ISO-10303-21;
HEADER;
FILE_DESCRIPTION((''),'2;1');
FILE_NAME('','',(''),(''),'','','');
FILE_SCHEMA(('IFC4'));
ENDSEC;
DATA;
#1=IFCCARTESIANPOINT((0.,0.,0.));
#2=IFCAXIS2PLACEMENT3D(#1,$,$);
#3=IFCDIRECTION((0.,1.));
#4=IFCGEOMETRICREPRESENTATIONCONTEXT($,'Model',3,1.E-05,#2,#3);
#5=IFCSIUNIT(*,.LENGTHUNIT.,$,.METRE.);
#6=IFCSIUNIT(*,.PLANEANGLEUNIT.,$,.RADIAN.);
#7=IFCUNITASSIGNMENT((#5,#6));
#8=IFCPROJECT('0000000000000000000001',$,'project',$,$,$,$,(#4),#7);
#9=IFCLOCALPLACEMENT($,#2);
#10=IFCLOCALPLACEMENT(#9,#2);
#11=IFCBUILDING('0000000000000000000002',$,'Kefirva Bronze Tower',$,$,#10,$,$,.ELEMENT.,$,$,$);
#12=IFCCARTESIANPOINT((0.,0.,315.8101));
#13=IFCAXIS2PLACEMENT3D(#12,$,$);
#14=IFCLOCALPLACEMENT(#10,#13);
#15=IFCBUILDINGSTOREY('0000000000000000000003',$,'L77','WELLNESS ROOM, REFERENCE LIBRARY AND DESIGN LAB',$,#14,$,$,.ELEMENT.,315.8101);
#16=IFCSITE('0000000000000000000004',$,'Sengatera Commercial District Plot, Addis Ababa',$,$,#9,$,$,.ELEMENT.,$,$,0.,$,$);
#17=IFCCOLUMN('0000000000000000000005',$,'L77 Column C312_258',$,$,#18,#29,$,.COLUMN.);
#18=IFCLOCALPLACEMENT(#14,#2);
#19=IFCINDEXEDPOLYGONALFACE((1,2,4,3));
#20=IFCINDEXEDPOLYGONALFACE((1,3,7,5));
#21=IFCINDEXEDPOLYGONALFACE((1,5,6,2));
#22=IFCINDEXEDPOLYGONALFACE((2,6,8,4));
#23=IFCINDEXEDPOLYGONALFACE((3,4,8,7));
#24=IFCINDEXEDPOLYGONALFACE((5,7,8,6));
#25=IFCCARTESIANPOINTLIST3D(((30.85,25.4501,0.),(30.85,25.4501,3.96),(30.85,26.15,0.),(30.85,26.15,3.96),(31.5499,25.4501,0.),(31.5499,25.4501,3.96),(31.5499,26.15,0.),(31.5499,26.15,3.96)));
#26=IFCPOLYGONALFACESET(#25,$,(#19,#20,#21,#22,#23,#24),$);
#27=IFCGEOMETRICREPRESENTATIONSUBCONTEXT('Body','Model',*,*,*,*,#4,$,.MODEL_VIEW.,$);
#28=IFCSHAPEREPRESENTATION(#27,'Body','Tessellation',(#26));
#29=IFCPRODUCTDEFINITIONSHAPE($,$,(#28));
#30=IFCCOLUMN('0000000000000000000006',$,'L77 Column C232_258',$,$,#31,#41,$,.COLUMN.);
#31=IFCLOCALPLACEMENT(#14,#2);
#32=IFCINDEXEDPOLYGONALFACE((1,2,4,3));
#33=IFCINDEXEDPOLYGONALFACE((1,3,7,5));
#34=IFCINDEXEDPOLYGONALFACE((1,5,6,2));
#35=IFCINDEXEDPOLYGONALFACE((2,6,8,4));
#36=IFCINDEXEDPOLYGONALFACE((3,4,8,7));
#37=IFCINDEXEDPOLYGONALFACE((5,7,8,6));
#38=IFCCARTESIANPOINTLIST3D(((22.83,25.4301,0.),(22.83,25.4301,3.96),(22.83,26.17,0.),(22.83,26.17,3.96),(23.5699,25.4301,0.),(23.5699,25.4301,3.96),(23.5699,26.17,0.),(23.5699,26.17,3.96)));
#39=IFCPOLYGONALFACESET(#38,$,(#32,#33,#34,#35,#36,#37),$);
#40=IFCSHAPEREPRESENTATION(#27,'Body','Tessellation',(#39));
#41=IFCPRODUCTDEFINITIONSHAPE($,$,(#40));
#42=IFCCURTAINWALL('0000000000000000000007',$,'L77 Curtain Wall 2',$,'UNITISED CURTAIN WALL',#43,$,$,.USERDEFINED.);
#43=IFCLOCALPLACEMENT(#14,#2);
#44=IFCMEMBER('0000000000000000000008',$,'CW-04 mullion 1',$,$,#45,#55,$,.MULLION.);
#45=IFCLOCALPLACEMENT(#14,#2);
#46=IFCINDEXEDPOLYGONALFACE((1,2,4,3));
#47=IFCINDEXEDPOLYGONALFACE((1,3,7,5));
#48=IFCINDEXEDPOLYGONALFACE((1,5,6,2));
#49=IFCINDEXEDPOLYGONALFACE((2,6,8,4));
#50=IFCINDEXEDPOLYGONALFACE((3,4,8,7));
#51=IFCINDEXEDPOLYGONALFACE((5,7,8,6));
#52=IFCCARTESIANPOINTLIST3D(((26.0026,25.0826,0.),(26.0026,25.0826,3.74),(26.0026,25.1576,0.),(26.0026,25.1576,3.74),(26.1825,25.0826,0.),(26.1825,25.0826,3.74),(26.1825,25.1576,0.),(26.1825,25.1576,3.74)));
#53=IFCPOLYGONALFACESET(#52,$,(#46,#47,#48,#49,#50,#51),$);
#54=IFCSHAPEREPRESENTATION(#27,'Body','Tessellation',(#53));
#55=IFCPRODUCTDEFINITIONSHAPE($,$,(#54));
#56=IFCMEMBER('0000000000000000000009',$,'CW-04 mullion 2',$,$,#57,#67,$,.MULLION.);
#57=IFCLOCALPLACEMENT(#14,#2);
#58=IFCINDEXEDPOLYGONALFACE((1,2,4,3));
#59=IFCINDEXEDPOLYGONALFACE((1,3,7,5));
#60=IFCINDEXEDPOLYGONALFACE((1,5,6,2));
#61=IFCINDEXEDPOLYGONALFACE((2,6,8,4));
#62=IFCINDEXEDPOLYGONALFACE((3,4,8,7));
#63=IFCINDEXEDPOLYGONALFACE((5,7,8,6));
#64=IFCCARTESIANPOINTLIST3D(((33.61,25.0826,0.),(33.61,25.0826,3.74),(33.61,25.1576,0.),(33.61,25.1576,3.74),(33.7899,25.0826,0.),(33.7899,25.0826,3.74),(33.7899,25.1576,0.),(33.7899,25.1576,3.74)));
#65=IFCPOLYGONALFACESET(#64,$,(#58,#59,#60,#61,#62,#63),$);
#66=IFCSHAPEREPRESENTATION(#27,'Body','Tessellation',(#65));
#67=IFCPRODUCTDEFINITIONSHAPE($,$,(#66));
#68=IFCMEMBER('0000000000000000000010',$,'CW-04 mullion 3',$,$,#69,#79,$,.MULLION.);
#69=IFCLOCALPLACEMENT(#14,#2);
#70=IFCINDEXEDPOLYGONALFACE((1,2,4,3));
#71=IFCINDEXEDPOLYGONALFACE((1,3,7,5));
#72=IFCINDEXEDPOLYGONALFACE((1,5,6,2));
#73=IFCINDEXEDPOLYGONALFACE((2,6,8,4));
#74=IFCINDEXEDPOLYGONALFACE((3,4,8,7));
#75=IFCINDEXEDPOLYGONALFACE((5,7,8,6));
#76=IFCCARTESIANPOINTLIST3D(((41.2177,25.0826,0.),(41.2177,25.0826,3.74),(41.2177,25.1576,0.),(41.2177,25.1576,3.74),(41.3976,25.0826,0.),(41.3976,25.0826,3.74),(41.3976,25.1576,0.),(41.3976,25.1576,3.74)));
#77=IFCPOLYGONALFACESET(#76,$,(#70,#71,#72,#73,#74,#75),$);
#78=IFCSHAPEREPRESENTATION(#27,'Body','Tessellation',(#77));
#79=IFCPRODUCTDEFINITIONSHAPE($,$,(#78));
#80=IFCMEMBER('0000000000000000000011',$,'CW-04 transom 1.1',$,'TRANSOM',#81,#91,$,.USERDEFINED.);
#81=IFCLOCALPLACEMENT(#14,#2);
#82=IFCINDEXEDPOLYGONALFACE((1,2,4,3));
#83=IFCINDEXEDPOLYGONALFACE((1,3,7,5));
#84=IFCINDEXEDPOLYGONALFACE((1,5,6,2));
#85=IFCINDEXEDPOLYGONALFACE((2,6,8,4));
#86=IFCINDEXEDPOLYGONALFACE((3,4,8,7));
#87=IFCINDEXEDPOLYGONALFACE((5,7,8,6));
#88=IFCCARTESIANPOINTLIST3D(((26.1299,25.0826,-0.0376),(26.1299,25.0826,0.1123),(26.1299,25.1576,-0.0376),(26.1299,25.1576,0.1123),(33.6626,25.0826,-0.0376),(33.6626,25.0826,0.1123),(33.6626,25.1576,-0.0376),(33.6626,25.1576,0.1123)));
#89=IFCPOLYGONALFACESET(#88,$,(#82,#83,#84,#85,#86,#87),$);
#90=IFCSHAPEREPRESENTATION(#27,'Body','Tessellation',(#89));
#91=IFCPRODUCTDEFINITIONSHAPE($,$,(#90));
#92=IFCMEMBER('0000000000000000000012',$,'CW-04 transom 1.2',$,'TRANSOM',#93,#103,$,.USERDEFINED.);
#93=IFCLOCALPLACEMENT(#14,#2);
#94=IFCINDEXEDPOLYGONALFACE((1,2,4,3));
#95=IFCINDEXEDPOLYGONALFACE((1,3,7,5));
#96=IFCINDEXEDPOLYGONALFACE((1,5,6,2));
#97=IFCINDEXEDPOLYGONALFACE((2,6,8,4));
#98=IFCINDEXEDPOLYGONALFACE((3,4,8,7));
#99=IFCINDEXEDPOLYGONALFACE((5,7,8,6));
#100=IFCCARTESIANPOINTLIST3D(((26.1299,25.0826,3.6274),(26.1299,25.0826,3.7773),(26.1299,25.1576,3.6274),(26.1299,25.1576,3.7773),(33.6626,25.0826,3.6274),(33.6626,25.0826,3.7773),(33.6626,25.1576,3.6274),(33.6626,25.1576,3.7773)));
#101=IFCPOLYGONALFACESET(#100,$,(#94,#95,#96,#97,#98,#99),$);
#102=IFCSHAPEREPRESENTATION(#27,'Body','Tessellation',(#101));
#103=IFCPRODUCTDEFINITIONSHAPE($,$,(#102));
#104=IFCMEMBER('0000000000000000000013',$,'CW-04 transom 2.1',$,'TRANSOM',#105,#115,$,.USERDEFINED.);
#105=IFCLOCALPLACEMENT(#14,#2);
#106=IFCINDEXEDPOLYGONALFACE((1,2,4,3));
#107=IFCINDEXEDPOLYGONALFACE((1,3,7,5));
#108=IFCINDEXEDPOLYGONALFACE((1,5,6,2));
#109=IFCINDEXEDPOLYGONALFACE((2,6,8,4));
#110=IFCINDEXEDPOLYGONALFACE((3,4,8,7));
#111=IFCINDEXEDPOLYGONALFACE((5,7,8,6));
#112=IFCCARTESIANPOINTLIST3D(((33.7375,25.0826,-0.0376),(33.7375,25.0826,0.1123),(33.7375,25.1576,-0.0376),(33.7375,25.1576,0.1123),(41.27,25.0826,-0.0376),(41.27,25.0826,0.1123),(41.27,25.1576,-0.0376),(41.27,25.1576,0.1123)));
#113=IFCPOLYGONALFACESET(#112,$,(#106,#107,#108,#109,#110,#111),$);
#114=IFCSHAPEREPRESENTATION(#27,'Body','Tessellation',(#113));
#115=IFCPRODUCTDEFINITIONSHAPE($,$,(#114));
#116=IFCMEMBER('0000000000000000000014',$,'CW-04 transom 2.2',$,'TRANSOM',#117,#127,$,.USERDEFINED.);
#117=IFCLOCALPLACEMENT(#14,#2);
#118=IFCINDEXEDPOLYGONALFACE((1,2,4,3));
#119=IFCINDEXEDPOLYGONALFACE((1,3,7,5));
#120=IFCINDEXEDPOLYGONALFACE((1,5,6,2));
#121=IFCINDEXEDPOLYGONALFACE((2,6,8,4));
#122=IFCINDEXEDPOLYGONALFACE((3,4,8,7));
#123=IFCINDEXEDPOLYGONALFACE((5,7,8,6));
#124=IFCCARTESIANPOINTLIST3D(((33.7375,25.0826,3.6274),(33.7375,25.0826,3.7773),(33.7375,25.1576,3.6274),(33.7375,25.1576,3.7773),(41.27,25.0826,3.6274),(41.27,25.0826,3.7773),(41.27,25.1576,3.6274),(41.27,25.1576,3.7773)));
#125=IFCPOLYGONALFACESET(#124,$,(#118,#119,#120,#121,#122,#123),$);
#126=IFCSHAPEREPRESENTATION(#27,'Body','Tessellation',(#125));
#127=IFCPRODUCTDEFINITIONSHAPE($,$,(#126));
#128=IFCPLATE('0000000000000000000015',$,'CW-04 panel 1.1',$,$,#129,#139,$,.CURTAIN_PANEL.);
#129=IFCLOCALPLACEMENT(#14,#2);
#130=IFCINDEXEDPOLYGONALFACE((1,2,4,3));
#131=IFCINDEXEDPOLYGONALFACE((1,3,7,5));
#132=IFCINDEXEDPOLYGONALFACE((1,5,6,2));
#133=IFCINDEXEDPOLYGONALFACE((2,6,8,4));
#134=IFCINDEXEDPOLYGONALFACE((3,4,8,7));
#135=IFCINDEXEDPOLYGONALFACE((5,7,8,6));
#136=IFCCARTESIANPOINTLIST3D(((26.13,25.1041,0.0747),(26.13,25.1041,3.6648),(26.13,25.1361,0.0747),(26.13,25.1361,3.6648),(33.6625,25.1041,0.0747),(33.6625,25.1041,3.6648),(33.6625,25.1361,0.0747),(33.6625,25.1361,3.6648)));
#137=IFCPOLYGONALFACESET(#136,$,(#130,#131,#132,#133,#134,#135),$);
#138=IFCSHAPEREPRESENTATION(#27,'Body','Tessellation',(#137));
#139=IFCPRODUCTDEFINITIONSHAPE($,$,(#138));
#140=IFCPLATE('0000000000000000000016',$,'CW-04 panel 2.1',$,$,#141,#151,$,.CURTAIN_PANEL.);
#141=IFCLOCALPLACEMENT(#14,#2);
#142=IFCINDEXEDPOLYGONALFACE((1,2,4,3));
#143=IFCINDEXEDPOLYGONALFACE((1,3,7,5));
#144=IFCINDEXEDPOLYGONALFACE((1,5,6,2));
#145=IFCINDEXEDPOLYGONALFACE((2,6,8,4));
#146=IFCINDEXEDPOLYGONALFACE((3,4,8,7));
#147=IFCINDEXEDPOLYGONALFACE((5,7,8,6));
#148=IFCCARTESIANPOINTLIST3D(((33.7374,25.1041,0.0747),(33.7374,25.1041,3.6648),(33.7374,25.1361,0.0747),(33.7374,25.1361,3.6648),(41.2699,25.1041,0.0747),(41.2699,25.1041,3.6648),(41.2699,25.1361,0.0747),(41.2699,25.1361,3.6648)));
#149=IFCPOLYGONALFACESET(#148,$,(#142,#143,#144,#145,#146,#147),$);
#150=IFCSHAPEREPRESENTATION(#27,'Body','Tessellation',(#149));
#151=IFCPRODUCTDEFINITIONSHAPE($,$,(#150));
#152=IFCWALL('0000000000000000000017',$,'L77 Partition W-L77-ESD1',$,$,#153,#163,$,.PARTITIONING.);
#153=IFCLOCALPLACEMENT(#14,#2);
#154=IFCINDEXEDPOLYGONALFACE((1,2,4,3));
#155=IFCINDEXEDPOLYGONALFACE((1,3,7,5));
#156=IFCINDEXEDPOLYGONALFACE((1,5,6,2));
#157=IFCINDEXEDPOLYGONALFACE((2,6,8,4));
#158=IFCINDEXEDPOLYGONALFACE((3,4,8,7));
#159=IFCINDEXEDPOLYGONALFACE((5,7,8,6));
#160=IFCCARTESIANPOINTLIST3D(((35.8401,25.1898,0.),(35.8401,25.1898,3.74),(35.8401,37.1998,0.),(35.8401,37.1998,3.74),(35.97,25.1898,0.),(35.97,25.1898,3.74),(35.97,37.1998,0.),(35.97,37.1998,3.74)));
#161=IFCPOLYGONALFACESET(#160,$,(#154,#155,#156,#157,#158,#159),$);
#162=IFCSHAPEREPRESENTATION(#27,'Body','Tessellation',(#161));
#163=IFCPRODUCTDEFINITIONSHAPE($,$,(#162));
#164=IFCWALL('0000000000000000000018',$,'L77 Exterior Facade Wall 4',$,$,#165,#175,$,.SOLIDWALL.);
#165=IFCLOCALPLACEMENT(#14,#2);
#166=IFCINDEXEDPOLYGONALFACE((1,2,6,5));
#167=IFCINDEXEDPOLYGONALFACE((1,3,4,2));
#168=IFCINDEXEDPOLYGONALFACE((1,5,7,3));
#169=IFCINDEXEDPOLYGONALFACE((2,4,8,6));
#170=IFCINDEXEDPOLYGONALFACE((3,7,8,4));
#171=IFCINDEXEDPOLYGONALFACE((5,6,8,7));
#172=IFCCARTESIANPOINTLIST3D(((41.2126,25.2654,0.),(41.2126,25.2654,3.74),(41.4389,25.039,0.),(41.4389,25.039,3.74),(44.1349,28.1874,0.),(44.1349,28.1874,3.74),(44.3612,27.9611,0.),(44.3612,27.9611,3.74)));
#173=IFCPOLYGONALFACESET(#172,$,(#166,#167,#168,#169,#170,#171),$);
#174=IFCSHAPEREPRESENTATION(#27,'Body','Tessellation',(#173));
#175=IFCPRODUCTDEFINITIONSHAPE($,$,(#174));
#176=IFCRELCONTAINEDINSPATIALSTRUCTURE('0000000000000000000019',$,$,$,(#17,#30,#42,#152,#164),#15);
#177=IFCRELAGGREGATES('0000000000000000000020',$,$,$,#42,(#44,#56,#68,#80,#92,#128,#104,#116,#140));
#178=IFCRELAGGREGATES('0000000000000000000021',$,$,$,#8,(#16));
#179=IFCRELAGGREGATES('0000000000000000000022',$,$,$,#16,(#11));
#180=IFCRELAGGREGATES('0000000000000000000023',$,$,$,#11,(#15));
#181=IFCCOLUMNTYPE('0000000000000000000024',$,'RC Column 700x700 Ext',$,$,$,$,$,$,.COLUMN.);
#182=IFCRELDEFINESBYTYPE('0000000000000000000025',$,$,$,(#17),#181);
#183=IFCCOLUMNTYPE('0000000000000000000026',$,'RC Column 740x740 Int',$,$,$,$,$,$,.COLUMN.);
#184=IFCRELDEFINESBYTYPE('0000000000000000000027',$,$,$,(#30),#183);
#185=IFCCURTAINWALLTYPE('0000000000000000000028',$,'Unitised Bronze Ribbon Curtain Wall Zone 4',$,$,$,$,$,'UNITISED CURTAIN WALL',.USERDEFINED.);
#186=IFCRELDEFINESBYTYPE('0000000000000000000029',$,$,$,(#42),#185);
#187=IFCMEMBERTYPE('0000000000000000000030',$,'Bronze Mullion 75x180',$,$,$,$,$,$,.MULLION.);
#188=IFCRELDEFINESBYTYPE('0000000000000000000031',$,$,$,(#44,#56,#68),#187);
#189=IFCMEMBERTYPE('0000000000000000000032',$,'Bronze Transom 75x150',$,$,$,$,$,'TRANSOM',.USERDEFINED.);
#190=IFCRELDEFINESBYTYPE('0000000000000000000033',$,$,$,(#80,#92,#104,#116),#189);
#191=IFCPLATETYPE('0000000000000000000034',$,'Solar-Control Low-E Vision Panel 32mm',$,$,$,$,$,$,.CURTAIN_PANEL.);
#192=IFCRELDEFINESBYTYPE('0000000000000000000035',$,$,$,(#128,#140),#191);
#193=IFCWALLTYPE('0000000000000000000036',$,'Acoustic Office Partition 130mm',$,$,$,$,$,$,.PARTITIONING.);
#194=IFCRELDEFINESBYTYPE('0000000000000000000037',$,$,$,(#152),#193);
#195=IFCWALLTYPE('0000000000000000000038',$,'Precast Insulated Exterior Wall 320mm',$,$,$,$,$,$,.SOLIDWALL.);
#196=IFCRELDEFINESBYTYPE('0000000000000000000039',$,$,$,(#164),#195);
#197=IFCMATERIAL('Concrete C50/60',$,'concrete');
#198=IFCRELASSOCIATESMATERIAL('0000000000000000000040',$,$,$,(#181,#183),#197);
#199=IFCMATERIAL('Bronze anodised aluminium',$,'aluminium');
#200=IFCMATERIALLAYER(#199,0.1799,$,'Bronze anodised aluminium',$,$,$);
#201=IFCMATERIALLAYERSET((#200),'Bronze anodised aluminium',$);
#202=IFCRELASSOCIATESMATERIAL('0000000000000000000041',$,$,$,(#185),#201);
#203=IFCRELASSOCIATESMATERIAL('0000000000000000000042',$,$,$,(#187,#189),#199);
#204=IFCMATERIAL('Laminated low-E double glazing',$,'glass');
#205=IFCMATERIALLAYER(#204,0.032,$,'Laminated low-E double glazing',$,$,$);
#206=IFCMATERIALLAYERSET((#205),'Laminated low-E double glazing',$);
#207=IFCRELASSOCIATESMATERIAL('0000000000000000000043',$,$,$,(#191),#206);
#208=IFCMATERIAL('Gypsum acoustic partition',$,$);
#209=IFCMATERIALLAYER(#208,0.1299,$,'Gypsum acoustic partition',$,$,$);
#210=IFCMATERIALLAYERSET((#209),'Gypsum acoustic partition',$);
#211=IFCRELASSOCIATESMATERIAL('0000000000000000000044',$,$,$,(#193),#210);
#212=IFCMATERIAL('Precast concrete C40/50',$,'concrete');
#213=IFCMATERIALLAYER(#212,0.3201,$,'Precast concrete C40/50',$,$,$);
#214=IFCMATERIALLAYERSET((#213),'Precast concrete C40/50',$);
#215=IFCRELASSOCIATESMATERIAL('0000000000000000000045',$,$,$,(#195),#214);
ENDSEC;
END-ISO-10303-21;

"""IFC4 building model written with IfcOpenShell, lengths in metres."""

from ifc_helpers import new_model, si_unit, direction, frame, frame_2d, origin, origin_2d, place, context, subcontext, project, spatial, rectangle, extrude, material, layer, layer_set, material_profile, profile_set, type_object, element, aggregate, save


model = new_model("IFC4")

# Units and contexts
model_context = context("Model", 3, precision=1e-05, world=origin(), true_north=direction((0.0, 1.0)))
body_context = subcontext(model_context, "Body", "Model", "MODEL_VIEW")
ifc_project = project(units=[si_unit("LENGTHUNIT", "METRE"), si_unit("PLANEANGLEUNIT", "RADIAN")], contexts=[model_context])

# Site, building, storey
site_placement = place(None, origin())
site = spatial("IfcSite", under=ifc_project, at=site_placement, Name="Sengatera Commercial District Plot, Addis Ababa", CompositionType="ELEMENT", RefElevation=0.0)
building_placement = place(site_placement, origin())
building = spatial("IfcBuilding", under=site, at=building_placement, Name="Kefirva Bronze Tower", CompositionType="ELEMENT")
storey_placement = place(building_placement, frame((0.0, 0.0, 315.8101)))
storey = spatial("IfcBuildingStorey", under=building, at=storey_placement, Name="L77", Description="WELLNESS ROOM, REFERENCE LIBRARY AND DESIGN LAB", CompositionType="ELEMENT", Elevation=315.8101)

# Columns
ifc_material_1 = material(Name="Concrete C50/60", Category="concrete")
ifc_material_profile_1 = material_profile(ifc_material_1, rectangle(XDim=0.7, YDim=0.7, at=origin_2d()), Name="RC 700x700")
ifc_profile_set_1 = profile_set([ifc_material_profile_1], Name="Concrete C50/60")
column_type_1 = type_object("IfcColumnType", Name="RC Column 700x700 Ext", PredefinedType="COLUMN", material=ifc_profile_set_1)
column_1_placement = place(storey_placement, frame((31.2, 25.8, 0.0), z_axis=(0.0, 0.0, 1.0), x_axis=(1.0, 0.0, 0.0)))
element("IfcColumn", 1, at=column_1_placement, inside=storey, type_object=column_type_1, Name="L77 Column C312_258", PredefinedType="COLUMN", context=body_context, shape_type="SweptSolid", body=[
    extrude(rectangle(XDim=0.7, YDim=0.7, at=origin_2d()), origin(), (0.0, 0.0, 1.0), 3.96),
])
ifc_material_profile_2 = material_profile(ifc_material_1, rectangle(XDim=0.74, YDim=0.74, at=origin_2d()), Name="RC 740x740")
ifc_profile_set_2 = profile_set([ifc_material_profile_2], Name="Concrete C50/60")
column_type_2 = type_object("IfcColumnType", Name="RC Column 740x740 Int", PredefinedType="COLUMN", material=ifc_profile_set_2)
column_2_placement = place(storey_placement, frame((23.2, 25.8, 0.0), z_axis=(0.0, 0.0, 1.0), x_axis=(1.0, 0.0, 0.0)))
element("IfcColumn", 2, at=column_2_placement, inside=storey, type_object=column_type_2, Name="L77 Column C232_258", PredefinedType="COLUMN", context=body_context, shape_type="SweptSolid", body=[
    extrude(rectangle(XDim=0.74, YDim=0.74, at=origin_2d()), origin(), (0.0, 0.0, 1.0), 3.96),
])

# Curtain wall, members, plates
ifc_material_2 = material(Name="Bronze anodised aluminium", Category="aluminium")
ifc_layer_1 = layer(ifc_material_2, 0.1799, Name="Bronze anodised aluminium")
ifc_layer_set_1 = layer_set([ifc_layer_1], Name="Bronze anodised aluminium")
curtain_wall_type = type_object("IfcCurtainWallType", Name="Unitised Bronze Ribbon Curtain Wall Zone 4", ElementType="UNITISED CURTAIN WALL", PredefinedType="USERDEFINED", material=ifc_layer_set_1)
curtain_wall_placement = place(storey_placement, origin())
curtain_wall = element("IfcCurtainWall", 3, at=curtain_wall_placement, inside=storey, type_object=curtain_wall_type, Name="L77 Curtain Wall 2", ObjectType="UNITISED CURTAIN WALL", PredefinedType="USERDEFINED")
ifc_material_profile_3 = material_profile(ifc_material_2, rectangle(XDim=0.075, YDim=0.1799, at=origin_2d()), Name="ALU 75x180")
ifc_profile_set_3 = profile_set([ifc_material_profile_3], Name="Bronze anodised aluminium")
member_type_1 = type_object("IfcMemberType", Name="Bronze Mullion 75x180", PredefinedType="MULLION", material=ifc_profile_set_3)
member_1_placement = place(storey_placement, frame((26.0925, 25.1201, 0.0), z_axis=(0.0, 0.0, 1.0), x_axis=(0.0, 1.0, 0.0)))
member_1 = element("IfcMember", 4, at=member_1_placement, type_object=member_type_1, Name="CW-04 mullion 1", PredefinedType="MULLION", context=body_context, shape_type="SweptSolid", body=[
    extrude(rectangle(XDim=0.075, YDim=0.1799, at=origin_2d()), origin(), (0.0, 0.0, 1.0), 3.74),
])
member_2_placement = place(storey_placement, frame((33.7, 25.1201, 0.0), z_axis=(0.0, 0.0, 1.0), x_axis=(0.0, 1.0, 0.0)))
member_2 = element("IfcMember", 5, at=member_2_placement, type_object=member_type_1, Name="CW-04 mullion 2", PredefinedType="MULLION", context=body_context, shape_type="SweptSolid", body=[
    extrude(rectangle(XDim=0.075, YDim=0.1799, at=origin_2d()), origin(), (0.0, 0.0, 1.0), 3.74),
])
member_3_placement = place(storey_placement, frame((41.3076, 25.1201, 0.0), z_axis=(0.0, 0.0, 1.0), x_axis=(0.0, 1.0, 0.0)))
member_3 = element("IfcMember", 6, at=member_3_placement, type_object=member_type_1, Name="CW-04 mullion 3", PredefinedType="MULLION", context=body_context, shape_type="SweptSolid", body=[
    extrude(rectangle(XDim=0.075, YDim=0.1799, at=origin_2d()), origin(), (0.0, 0.0, 1.0), 3.74),
])
ifc_material_profile_4 = material_profile(ifc_material_2, rectangle(XDim=0.075, YDim=0.1499, at=origin_2d()), Name="ALU 75x150")
ifc_profile_set_4 = profile_set([ifc_material_profile_4], Name="Bronze anodised aluminium")
member_type_2 = type_object("IfcMemberType", Name="Bronze Transom 75x150", ElementType="TRANSOM", PredefinedType="USERDEFINED", material=ifc_profile_set_4)
member_4_placement = place(storey_placement, frame((26.1299, 25.1201, 0.0374), z_axis=(1.0, 0.0, 0.0), x_axis=(0.0, 1.0, 0.0)))
member_4 = element("IfcMember", 7, at=member_4_placement, type_object=member_type_2, Name="CW-04 transom 1.1", ObjectType="TRANSOM", PredefinedType="USERDEFINED", context=body_context, shape_type="SweptSolid", body=[
    extrude(rectangle(XDim=0.075, YDim=0.1499, at=origin_2d()), origin(), (0.0, 0.0, 1.0), 7.5327),
])
member_5_placement = place(storey_placement, frame((26.1299, 25.1201, 3.7024), z_axis=(1.0, 0.0, 0.0), x_axis=(0.0, 1.0, 0.0)))
member_5 = element("IfcMember", 8, at=member_5_placement, type_object=member_type_2, Name="CW-04 transom 1.2", ObjectType="TRANSOM", PredefinedType="USERDEFINED", context=body_context, shape_type="SweptSolid", body=[
    extrude(rectangle(XDim=0.075, YDim=0.1499, at=origin_2d()), origin(), (0.0, 0.0, 1.0), 7.5327),
])
member_6_placement = place(storey_placement, frame((33.7375, 25.1201, 0.0374), z_axis=(1.0, 0.0, 0.0), x_axis=(0.0, 1.0, 0.0)))
member_6 = element("IfcMember", 9, at=member_6_placement, type_object=member_type_2, Name="CW-04 transom 2.1", ObjectType="TRANSOM", PredefinedType="USERDEFINED", context=body_context, shape_type="SweptSolid", body=[
    extrude(rectangle(XDim=0.075, YDim=0.1499, at=origin_2d()), origin(), (0.0, 0.0, 1.0), 7.5325),
])
member_7_placement = place(storey_placement, frame((33.7375, 25.1201, 3.7024), z_axis=(1.0, 0.0, 0.0), x_axis=(0.0, 1.0, 0.0)))
member_7 = element("IfcMember", 10, at=member_7_placement, type_object=member_type_2, Name="CW-04 transom 2.2", ObjectType="TRANSOM", PredefinedType="USERDEFINED", context=body_context, shape_type="SweptSolid", body=[
    extrude(rectangle(XDim=0.075, YDim=0.1499, at=origin_2d()), origin(), (0.0, 0.0, 1.0), 7.5325),
])
ifc_material_3 = material(Name="Laminated low-E double glazing", Category="glass")
ifc_layer_2 = layer(ifc_material_3, 0.032, Name="Laminated low-E double glazing")
ifc_layer_set_2 = layer_set([ifc_layer_2], Name="Laminated low-E double glazing")
plate_type = type_object("IfcPlateType", Name="Solar-Control Low-E Vision Panel 32mm", PredefinedType="CURTAIN_PANEL", material=ifc_layer_set_2)
plate_1_placement = place(storey_placement, frame((29.8962, 25.1201, 0.0747), z_axis=(0.0, 0.0, 1.0), x_axis=(1.0, 0.0, 0.0)))
plate_1 = element("IfcPlate", 11, at=plate_1_placement, type_object=plate_type, Name="CW-04 panel 1.1", PredefinedType="CURTAIN_PANEL", context=body_context, shape_type="SweptSolid", body=[
    extrude(rectangle(XDim=7.5325, YDim=0.032, at=origin_2d()), origin(), (0.0, 0.0, 1.0), 3.5901),
])
plate_2_placement = place(storey_placement, frame((37.5037, 25.1201, 0.0747), z_axis=(0.0, 0.0, 1.0), x_axis=(1.0, 0.0, 0.0)))
plate_2 = element("IfcPlate", 12, at=plate_2_placement, type_object=plate_type, Name="CW-04 panel 2.1", PredefinedType="CURTAIN_PANEL", context=body_context, shape_type="SweptSolid", body=[
    extrude(rectangle(XDim=7.5325, YDim=0.032, at=origin_2d()), origin(), (0.0, 0.0, 1.0), 3.5901),
])
aggregate(curtain_wall, [member_1, member_2, member_3, member_4, member_5, plate_1, member_6, member_7, plate_2])

# Walls
ifc_material_4 = material(Name="Gypsum acoustic partition")
ifc_layer_3 = layer(ifc_material_4, 0.1299, Name="Gypsum acoustic partition")
ifc_layer_set_3 = layer_set([ifc_layer_3], Name="Gypsum acoustic partition")
wall_type_1 = type_object("IfcWallType", Name="Acoustic Office Partition 130mm", PredefinedType="PARTITIONING", material=ifc_layer_set_3)
wall_1_placement = place(storey_placement, frame((35.905, 25.1899, 0.0), z_axis=(0.0, 0.0, 1.0), x_axis=(0.0, 1.0, 0.0)))
element("IfcWall", 13, at=wall_1_placement, inside=storey, type_object=wall_type_1, Name="L77 Partition W-L77-ESD1", PredefinedType="PARTITIONING", context=body_context, shape_type="SweptSolid", body=[
    extrude(rectangle(XDim=12.01, YDim=0.1299, at=frame_2d((6.0049, 0.0))), origin(), (0.0, 0.0, 1.0), 3.74),
])
ifc_material_5 = material(Name="Precast concrete C40/50", Category="concrete")
ifc_layer_4 = layer(ifc_material_5, 0.3201, Name="Precast concrete C40/50")
ifc_layer_set_4 = layer_set([ifc_layer_4], Name="Precast concrete C40/50")
wall_type_2 = type_object("IfcWallType", Name="Precast Insulated Exterior Wall 320mm", PredefinedType="SOLIDWALL", material=ifc_layer_set_4)
wall_2_placement = place(storey_placement, frame((41.3257, 25.1521, 0.0), z_axis=(0.0, 0.0, 1.0), x_axis=(0.707136, 0.707077, 0.0)))
element("IfcWall", 14, at=wall_2_placement, inside=storey, type_object=wall_type_2, Name="L77 Exterior Facade Wall 4", PredefinedType="SOLIDWALL", context=body_context, shape_type="SweptSolid", body=[
    extrude(rectangle(XDim=4.1326, YDim=0.3201, at=frame_2d((2.0664, 0.0))), origin(), (0.0, 0.0, 1.0), 3.74),
])

save(model, "model.ifc")
